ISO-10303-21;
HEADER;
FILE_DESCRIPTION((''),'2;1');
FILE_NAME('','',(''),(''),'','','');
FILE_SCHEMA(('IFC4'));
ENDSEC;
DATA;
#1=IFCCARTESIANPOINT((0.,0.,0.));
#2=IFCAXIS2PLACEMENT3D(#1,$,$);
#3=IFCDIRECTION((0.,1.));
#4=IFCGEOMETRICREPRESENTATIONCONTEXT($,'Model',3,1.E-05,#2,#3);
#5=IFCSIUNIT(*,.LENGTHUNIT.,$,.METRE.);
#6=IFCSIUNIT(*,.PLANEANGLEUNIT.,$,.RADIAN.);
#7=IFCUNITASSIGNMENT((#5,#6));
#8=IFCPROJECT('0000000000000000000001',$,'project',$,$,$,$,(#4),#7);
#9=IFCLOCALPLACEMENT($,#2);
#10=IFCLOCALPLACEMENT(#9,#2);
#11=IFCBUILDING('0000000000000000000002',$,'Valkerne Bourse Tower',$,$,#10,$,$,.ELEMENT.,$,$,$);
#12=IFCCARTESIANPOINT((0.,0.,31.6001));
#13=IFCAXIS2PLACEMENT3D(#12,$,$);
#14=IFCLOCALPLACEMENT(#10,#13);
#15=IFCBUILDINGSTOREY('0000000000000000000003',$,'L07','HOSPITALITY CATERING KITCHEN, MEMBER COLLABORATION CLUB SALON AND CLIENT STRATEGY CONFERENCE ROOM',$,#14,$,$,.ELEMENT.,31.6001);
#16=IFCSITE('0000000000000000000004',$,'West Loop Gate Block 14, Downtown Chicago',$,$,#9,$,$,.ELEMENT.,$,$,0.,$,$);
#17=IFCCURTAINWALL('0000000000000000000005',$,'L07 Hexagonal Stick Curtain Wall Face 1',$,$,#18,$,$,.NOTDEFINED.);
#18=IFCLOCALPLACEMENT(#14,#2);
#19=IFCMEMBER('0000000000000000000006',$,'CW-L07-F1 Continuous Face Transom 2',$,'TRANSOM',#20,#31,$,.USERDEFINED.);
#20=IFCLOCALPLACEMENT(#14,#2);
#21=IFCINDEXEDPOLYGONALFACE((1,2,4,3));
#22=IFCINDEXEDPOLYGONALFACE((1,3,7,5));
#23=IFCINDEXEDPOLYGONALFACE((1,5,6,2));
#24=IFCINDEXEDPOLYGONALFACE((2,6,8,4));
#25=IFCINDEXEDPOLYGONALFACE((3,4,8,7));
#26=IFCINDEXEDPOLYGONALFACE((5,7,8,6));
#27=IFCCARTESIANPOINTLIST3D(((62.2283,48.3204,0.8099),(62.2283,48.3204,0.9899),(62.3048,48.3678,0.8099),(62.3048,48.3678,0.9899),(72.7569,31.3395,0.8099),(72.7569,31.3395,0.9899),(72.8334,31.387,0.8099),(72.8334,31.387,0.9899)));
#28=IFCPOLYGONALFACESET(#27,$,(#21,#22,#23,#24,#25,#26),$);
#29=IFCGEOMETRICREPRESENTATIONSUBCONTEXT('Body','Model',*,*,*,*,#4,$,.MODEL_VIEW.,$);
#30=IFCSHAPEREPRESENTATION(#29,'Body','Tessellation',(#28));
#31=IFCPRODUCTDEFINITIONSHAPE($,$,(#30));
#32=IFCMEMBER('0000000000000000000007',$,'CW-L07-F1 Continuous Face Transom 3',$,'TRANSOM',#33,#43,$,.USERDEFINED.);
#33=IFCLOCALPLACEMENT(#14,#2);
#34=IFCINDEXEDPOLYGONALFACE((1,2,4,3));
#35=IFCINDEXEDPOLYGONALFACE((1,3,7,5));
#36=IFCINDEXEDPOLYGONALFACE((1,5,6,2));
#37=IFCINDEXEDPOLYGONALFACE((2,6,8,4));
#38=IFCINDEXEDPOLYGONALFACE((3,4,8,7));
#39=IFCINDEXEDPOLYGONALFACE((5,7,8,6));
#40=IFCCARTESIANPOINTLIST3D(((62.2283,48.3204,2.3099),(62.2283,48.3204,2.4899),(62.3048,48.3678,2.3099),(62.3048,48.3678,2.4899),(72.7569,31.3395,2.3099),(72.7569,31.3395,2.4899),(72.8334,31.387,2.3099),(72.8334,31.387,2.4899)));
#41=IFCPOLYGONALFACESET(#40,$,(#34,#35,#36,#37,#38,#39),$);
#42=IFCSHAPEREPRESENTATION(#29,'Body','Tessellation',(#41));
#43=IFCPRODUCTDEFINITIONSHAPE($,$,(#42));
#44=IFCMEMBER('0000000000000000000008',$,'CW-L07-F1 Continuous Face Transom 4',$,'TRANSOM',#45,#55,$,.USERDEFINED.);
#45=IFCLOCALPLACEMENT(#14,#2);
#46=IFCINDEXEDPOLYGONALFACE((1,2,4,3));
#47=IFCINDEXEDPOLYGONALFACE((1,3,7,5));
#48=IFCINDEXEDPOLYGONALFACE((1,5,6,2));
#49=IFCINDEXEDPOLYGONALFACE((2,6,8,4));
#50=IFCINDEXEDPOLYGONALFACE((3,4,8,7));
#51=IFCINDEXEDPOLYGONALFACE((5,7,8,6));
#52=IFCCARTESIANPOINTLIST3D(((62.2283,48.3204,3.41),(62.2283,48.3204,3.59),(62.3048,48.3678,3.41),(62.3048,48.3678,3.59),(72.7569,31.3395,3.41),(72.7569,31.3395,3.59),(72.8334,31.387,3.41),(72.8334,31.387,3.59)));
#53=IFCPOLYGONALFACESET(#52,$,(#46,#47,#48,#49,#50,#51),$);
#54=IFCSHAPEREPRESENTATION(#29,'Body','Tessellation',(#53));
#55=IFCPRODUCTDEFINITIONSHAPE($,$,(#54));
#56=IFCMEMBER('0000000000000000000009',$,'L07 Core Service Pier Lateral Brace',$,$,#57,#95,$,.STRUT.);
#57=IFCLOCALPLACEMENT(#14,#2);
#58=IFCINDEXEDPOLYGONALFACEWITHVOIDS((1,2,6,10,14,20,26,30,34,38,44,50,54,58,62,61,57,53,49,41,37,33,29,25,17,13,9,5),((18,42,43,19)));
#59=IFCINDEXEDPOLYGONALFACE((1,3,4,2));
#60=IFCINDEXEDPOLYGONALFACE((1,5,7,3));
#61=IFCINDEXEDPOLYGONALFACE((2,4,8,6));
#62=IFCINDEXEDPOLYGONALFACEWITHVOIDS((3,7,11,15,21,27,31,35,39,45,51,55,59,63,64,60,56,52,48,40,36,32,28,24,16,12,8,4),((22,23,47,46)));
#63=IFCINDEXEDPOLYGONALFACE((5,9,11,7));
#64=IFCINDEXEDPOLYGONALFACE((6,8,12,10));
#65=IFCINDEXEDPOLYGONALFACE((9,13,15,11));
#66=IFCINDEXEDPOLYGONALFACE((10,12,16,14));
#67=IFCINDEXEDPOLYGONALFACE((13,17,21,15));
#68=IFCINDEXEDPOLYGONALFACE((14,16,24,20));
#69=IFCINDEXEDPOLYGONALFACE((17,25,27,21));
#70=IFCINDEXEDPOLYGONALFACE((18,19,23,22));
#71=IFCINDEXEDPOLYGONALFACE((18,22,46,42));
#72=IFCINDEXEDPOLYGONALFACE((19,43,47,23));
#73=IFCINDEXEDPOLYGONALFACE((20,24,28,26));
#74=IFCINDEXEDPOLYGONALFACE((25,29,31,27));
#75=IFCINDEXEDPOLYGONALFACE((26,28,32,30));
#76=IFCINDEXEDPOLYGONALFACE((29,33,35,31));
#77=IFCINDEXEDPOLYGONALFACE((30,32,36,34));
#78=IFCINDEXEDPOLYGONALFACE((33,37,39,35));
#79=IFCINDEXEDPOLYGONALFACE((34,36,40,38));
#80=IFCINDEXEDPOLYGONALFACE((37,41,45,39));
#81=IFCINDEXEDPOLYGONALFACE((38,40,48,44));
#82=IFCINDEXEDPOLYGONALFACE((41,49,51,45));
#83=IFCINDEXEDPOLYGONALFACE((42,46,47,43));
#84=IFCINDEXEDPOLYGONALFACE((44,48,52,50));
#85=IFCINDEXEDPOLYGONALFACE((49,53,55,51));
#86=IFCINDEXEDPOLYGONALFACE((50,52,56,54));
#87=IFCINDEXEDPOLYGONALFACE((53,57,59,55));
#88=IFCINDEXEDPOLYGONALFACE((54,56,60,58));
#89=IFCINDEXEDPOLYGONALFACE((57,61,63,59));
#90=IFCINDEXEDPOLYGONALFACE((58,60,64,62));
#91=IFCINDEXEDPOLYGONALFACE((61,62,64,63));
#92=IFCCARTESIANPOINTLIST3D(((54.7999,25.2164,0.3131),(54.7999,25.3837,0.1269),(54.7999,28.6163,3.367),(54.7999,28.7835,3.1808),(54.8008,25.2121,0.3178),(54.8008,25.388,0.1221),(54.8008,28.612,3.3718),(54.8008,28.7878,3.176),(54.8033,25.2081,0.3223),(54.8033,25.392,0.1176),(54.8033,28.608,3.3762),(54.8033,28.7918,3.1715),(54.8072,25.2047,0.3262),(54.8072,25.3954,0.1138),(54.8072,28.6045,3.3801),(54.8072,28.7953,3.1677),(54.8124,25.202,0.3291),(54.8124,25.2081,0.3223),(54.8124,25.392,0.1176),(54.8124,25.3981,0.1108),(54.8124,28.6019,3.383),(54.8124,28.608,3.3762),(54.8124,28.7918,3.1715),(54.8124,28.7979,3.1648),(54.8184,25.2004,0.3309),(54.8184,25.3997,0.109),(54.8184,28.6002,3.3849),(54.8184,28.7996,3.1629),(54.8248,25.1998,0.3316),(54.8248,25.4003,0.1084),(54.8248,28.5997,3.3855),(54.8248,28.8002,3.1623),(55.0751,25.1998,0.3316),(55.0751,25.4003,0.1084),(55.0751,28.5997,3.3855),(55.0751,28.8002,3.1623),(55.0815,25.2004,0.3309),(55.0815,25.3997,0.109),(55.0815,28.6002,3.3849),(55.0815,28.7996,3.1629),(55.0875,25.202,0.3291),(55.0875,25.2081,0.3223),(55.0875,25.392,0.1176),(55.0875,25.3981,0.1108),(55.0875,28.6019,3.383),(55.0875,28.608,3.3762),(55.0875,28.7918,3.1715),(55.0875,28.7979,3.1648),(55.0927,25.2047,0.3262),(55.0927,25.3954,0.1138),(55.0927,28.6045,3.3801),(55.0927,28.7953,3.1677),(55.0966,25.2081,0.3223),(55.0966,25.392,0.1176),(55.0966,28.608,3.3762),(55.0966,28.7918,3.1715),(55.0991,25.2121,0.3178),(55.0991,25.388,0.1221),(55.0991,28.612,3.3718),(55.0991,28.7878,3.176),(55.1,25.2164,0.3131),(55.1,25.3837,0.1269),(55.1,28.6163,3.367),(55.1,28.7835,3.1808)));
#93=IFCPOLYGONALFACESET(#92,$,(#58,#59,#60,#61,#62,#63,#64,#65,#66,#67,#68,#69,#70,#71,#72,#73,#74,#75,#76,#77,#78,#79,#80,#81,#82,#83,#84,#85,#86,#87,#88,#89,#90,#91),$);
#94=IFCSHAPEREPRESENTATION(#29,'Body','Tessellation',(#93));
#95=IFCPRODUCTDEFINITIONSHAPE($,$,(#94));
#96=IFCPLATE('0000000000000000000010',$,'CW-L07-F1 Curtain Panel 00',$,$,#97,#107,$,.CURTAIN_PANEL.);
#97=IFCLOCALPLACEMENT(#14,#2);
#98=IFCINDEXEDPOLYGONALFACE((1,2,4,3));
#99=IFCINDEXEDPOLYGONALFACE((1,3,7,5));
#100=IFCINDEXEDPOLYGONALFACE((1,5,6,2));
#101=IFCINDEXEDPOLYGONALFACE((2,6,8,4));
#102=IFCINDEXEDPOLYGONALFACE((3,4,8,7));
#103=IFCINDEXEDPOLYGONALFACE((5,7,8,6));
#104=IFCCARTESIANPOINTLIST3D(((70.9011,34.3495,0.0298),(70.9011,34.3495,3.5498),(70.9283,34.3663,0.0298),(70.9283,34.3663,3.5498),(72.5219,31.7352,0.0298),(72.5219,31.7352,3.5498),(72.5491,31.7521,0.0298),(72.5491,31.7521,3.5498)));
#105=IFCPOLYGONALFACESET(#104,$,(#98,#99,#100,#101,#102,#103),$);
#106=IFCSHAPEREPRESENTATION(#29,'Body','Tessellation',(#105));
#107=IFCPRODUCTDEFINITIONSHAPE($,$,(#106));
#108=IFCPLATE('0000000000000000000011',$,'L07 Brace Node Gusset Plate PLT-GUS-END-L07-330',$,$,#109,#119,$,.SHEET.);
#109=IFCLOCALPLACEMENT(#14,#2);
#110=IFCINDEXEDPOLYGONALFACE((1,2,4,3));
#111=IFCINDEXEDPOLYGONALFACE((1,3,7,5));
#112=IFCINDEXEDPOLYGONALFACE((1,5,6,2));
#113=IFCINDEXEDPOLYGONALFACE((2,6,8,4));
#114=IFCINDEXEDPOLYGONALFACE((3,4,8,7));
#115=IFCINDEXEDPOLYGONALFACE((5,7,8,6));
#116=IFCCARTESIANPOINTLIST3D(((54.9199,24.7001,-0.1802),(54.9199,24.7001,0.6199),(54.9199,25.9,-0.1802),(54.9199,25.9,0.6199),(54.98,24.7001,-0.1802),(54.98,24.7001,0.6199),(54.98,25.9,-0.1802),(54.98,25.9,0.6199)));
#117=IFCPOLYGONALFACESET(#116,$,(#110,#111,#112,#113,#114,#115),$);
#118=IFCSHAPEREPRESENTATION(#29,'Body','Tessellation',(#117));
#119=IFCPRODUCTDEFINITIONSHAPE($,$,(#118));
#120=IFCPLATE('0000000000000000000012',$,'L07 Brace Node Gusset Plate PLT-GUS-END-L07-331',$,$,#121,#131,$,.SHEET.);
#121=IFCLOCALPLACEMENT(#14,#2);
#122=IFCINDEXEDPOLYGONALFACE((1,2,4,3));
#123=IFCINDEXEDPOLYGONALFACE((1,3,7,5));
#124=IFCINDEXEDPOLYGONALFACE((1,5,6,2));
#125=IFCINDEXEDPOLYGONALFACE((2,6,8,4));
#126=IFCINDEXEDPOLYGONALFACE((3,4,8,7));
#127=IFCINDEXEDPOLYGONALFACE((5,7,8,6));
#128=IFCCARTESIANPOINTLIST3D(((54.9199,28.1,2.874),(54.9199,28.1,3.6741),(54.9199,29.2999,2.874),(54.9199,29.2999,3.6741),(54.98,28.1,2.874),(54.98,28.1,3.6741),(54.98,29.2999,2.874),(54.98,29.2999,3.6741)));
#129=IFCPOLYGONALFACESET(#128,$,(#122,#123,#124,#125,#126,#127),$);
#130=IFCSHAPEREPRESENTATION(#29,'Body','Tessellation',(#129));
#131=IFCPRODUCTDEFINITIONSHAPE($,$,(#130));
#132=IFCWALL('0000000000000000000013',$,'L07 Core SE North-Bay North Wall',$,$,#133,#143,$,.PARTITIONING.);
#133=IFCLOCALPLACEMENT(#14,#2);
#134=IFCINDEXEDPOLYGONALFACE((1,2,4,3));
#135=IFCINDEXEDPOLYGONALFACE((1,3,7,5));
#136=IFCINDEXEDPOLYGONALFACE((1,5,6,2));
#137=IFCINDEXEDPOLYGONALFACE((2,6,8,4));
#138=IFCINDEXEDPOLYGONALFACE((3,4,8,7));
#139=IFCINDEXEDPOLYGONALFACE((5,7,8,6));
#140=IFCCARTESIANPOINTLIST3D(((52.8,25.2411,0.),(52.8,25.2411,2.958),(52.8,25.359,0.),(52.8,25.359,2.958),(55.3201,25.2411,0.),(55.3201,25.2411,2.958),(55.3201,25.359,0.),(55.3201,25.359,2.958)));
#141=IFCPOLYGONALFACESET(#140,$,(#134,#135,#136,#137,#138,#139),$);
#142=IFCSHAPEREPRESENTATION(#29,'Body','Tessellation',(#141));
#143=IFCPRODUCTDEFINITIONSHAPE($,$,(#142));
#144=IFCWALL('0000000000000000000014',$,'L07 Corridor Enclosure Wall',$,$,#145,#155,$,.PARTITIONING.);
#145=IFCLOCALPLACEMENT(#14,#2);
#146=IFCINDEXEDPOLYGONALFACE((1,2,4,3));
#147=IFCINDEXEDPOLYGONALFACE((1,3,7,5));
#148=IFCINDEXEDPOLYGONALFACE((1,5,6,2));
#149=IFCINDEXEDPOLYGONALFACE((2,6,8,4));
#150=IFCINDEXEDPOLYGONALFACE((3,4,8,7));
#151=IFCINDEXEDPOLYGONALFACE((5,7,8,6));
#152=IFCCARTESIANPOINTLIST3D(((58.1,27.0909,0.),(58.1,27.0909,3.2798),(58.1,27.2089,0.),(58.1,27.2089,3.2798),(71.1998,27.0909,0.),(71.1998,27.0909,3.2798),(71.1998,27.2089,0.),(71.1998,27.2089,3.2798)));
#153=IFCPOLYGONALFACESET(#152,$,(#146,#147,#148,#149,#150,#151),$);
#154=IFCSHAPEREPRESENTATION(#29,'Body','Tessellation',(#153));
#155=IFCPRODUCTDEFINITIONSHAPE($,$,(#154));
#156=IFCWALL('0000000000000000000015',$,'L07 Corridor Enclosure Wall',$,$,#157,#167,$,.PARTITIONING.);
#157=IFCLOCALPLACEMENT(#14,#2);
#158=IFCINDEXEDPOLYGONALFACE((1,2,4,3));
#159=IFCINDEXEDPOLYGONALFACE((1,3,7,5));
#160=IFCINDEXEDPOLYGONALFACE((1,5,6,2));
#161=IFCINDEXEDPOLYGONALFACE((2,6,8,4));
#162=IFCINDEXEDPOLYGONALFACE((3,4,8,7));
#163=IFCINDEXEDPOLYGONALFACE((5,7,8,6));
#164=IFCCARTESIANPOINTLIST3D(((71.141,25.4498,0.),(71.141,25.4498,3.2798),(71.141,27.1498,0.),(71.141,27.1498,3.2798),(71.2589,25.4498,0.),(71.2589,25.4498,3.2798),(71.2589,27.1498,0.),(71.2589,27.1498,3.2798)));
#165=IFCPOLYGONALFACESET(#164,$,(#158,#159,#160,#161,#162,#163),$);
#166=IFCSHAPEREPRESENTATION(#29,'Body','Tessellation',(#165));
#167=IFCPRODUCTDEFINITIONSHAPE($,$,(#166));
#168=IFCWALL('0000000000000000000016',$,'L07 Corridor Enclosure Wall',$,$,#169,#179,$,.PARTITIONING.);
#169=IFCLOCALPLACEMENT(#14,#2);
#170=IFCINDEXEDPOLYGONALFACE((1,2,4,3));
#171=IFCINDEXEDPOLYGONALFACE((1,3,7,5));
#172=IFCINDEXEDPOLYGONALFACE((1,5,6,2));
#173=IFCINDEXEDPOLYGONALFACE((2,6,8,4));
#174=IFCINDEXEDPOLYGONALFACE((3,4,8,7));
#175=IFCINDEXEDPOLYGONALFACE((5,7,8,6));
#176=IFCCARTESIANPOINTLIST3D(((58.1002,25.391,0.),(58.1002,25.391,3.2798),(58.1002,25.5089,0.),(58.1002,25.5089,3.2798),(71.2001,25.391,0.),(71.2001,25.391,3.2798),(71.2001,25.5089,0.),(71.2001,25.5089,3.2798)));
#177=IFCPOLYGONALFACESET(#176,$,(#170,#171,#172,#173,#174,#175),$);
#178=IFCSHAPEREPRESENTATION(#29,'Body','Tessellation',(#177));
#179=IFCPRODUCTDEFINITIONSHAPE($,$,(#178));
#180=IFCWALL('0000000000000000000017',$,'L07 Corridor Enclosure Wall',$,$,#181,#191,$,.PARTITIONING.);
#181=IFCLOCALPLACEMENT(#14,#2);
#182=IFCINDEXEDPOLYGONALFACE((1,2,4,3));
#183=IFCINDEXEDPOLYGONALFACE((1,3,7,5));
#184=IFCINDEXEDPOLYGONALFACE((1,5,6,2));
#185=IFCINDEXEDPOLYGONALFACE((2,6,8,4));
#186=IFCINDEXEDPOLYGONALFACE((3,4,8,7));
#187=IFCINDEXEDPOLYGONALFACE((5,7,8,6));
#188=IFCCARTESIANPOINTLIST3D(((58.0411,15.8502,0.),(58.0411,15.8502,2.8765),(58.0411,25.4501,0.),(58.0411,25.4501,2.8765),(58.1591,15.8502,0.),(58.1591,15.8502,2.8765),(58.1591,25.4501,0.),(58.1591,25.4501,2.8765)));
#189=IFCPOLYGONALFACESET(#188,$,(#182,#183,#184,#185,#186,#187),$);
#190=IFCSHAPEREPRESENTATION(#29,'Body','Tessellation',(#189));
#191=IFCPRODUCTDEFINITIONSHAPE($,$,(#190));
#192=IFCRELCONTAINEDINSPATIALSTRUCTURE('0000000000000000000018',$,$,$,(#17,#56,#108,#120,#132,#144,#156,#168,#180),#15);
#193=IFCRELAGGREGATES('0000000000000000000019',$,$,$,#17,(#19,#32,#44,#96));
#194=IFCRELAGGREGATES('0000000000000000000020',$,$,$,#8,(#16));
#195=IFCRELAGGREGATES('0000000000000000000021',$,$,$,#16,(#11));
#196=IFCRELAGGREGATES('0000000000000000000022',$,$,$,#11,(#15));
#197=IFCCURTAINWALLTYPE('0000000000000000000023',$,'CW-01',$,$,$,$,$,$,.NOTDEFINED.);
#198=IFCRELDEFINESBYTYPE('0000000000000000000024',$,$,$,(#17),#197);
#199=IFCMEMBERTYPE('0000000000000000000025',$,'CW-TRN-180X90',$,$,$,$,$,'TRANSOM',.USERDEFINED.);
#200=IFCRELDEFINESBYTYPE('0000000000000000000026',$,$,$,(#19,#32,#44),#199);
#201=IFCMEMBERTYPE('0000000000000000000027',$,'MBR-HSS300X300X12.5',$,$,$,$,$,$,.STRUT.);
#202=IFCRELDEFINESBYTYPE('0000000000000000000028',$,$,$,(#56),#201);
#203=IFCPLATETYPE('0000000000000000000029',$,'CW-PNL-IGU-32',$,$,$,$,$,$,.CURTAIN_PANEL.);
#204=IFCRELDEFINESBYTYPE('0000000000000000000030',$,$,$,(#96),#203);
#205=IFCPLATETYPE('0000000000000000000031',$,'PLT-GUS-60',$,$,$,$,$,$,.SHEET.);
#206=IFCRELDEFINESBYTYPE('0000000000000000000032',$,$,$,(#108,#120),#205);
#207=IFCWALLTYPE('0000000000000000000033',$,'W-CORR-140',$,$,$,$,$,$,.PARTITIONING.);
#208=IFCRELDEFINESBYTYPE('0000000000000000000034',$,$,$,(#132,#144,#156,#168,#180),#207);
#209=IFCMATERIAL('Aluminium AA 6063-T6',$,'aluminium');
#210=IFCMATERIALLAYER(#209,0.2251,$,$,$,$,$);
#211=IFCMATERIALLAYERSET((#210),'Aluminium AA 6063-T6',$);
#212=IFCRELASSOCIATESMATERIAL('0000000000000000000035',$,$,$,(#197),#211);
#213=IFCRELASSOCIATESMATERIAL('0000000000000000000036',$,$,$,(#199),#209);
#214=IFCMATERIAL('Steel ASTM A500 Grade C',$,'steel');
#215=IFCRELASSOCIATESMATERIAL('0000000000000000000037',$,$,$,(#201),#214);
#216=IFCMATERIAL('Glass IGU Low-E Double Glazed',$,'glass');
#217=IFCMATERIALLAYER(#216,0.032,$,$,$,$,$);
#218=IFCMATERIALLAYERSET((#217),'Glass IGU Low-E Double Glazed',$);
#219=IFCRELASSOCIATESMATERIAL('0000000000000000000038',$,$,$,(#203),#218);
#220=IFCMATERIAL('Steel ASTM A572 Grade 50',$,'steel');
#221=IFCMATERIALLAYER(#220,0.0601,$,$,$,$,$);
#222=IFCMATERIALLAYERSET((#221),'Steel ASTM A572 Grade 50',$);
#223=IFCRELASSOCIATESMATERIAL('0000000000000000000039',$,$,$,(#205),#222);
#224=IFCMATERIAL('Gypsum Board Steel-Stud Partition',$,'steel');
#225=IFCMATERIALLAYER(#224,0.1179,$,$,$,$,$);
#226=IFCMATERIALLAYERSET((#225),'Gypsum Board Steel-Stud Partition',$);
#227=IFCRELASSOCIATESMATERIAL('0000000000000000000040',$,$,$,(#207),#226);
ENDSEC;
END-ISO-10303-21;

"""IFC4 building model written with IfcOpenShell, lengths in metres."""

from ifc_helpers import new_model, si_unit, direction, frame, frame_2d, origin, origin_2d, place, context, subcontext, project, spatial, rectangle, hollow_rectangle, extrude, material, layer, layer_set, material_profile, profile_set, type_object, element, aggregate, save


model = new_model("IFC4")

# Units and contexts
model_context = context("Model", 3, precision=1e-05, world=origin(), true_north=direction((0.0, 1.0)))
body_context = subcontext(model_context, "Body", "Model", "MODEL_VIEW")
ifc_project = project(units=[si_unit("LENGTHUNIT", "METRE"), si_unit("PLANEANGLEUNIT", "RADIAN")], contexts=[model_context])

# Site, building, storey
site_placement = place(None, origin())
site = spatial("IfcSite", under=ifc_project, at=site_placement, Name="West Loop Gate Block 14, Downtown Chicago", CompositionType="ELEMENT", RefElevation=0.0)
building_placement = place(site_placement, origin())
building = spatial("IfcBuilding", under=site, at=building_placement, Name="Valkerne Bourse Tower", CompositionType="ELEMENT")
storey_placement = place(building_placement, frame((0.0, 0.0, 31.6001)))
storey = spatial("IfcBuildingStorey", under=building, at=storey_placement, Name="L07", Description="HOSPITALITY CATERING KITCHEN, MEMBER COLLABORATION CLUB SALON AND CLIENT STRATEGY CONFERENCE ROOM", CompositionType="ELEMENT", Elevation=31.6001)

# Curtain wall, members
ifc_material_1 = material(Name="Aluminium AA 6063-T6", Category="aluminium")
ifc_layer_1 = layer(ifc_material_1, 0.2251)
ifc_layer_set_1 = layer_set([ifc_layer_1], Name="Aluminium AA 6063-T6")
curtain_wall_type = type_object("IfcCurtainWallType", Name="CW-01", PredefinedType="NOTDEFINED", material=ifc_layer_set_1)
curtain_wall_placement = place(storey_placement, origin())
curtain_wall = element("IfcCurtainWall", 1, at=curtain_wall_placement, inside=storey, type_object=curtain_wall_type, Name="L07 Hexagonal Stick Curtain Wall Face 1", PredefinedType="NOTDEFINED")
ifc_material_profile_1 = material_profile(ifc_material_1, rectangle(XDim=0.0901, YDim=0.1799, at=origin_2d()), Name="CWT-90X180")
ifc_profile_set_1 = profile_set([ifc_material_profile_1], Name="Aluminium AA 6063-T6")
member_type_1 = type_object("IfcMemberType", Name="CW-TRN-180X90", ElementType="TRANSOM", PredefinedType="USERDEFINED", material=ifc_profile_set_1)
member_1_placement = place(storey_placement, frame((72.7952, 31.3633, 0.8999), z_axis=(-0.526959, 0.849891, 0.0), x_axis=(-0.849891, -0.526959, 0.0)))
member_1 = element("IfcMember", 2, at=member_1_placement, type_object=member_type_1, Name="CW-L07-F1 Continuous Face Transom 2", ObjectType="TRANSOM", PredefinedType="USERDEFINED", context=body_context, shape_type="SweptSolid", body=[
    extrude(rectangle(XDim=0.0901, YDim=0.1799, at=origin_2d()), origin(), (0.0, 0.0, 1.0), 19.98),
])
member_2_placement = place(storey_placement, frame((72.7952, 31.3633, 2.3999), z_axis=(-0.526959, 0.849891, 0.0), x_axis=(-0.849891, -0.526959, 0.0)))
member_2 = element("IfcMember", 3, at=member_2_placement, type_object=member_type_1, Name="CW-L07-F1 Continuous Face Transom 3", ObjectType="TRANSOM", PredefinedType="USERDEFINED", context=body_context, shape_type="SweptSolid", body=[
    extrude(rectangle(XDim=0.0901, YDim=0.1799, at=origin_2d()), origin(), (0.0, 0.0, 1.0), 19.98),
])
member_3_placement = place(storey_placement, frame((72.7952, 31.3633, 3.5), z_axis=(-0.526959, 0.849891, 0.0), x_axis=(-0.849891, -0.526959, 0.0)))
member_3 = element("IfcMember", 4, at=member_3_placement, type_object=member_type_1, Name="CW-L07-F1 Continuous Face Transom 4", ObjectType="TRANSOM", PredefinedType="USERDEFINED", context=body_context, shape_type="SweptSolid", body=[
    extrude(rectangle(XDim=0.0901, YDim=0.1799, at=origin_2d()), origin(), (0.0, 0.0, 1.0), 19.98),
])

# Member
ifc_material_2 = material(Name="Steel ASTM A500 Grade C", Category="steel")
ifc_material_profile_2 = material_profile(ifc_material_2, hollow_rectangle(XDim=0.3, YDim=0.3, WallThickness=0.0125, OuterFilletRadius=0.0249, at=origin_2d()), Name="HSS300X300X12.5")
ifc_profile_set_2 = profile_set([ifc_material_profile_2], Name="Steel ASTM A500 Grade C")
member_type_2 = type_object("IfcMemberType", Name="MBR-HSS300X300X12.5", PredefinedType="STRUT", material=ifc_profile_set_2)
member_4_placement = place(storey_placement, frame((54.95, 25.3, 0.22), z_axis=(0.0, 0.743942, 0.668244), x_axis=(-1.0, 0.0, 0.0)))
element("IfcMember", 5, at=member_4_placement, inside=storey, type_object=member_type_2, Name="L07 Core Service Pier Lateral Brace", PredefinedType="STRUT", context=body_context, shape_type="SweptSolid", body=[
    extrude(hollow_rectangle(XDim=0.3, YDim=0.3, WallThickness=0.0125, OuterFilletRadius=0.0249, at=origin_2d()), origin(), (0.0, 0.0, 1.0), 4.5701),
])

# Plate
ifc_material_3 = material(Name="Glass IGU Low-E Double Glazed", Category="glass")
ifc_layer_2 = layer(ifc_material_3, 0.032)
ifc_layer_set_2 = layer_set([ifc_layer_2], Name="Glass IGU Low-E Double Glazed")
plate_type_1 = type_object("IfcPlateType", Name="CW-PNL-IGU-32", PredefinedType="CURTAIN_PANEL", material=ifc_layer_set_2)
plate_placement = place(storey_placement, frame((71.7251, 33.0508, 0.0298), z_axis=(0.0, 0.0, 1.0), x_axis=(-0.52695, 0.849896, 0.0)))
plate = element("IfcPlate", 6, at=plate_placement, type_object=plate_type_1, Name="CW-L07-F1 Curtain Panel 00", PredefinedType="CURTAIN_PANEL", context=body_context, shape_type="SweptSolid", body=[
    extrude(rectangle(XDim=3.0759, YDim=0.032, at=origin_2d()), origin(), (0.0, 0.0, 1.0), 3.52),
])
aggregate(curtain_wall, [member_1, member_2, member_3, plate])

# Plates
ifc_material_4 = material(Name="Steel ASTM A572 Grade 50", Category="steel")
ifc_layer_3 = layer(ifc_material_4, 0.0601)
ifc_layer_set_3 = layer_set([ifc_layer_3], Name="Steel ASTM A572 Grade 50")
plate_type_2 = type_object("IfcPlateType", Name="PLT-GUS-60", PredefinedType="SHEET", material=ifc_layer_set_3)
for number, where, z_axis, x_axis, name in (
    (7, (54.95, 25.3, -0.1802), (0.0, 0.0, 1.0), (0.0, 1.0, 0.0), "L07 Brace Node Gusset Plate PLT-GUS-END-L07-330"),
    (8, (54.95, 28.7, 2.874), (0.0, 0.0, 1.0), (0.0, 1.0, 0.0), "L07 Brace Node Gusset Plate PLT-GUS-END-L07-331"),
):
    element("IfcPlate", number, at=place(storey_placement, frame(where, z_axis=z_axis, x_axis=x_axis)), inside=storey, type_object=plate_type_2, Name=name, PredefinedType="SHEET", context=body_context, shape_type="SweptSolid", body=[
        extrude(rectangle(XDim=1.2, YDim=0.0601, at=origin_2d()), origin(), (0.0, 0.0, 1.0), 0.8),
    ])

# Walls
ifc_material_5 = material(Name="Gypsum Board Steel-Stud Partition", Category="steel")
ifc_layer_4 = layer(ifc_material_5, 0.1179)
ifc_layer_set_4 = layer_set([ifc_layer_4], Name="Gypsum Board Steel-Stud Partition")
wall_type_1 = type_object("IfcWallType", Name="W-CORR-140", PredefinedType="PARTITIONING", material=ifc_layer_set_4)
wall_1_placement = place(storey_placement, frame((52.8, 25.3, 0.0), z_axis=(0.0, 0.0, 1.0), x_axis=(1.0, 0.0, 0.0)))
element("IfcWall", 9, at=wall_1_placement, inside=storey, type_object=wall_type_1, Name="L07 Core SE North-Bay North Wall", PredefinedType="PARTITIONING", context=body_context, shape_type="SweptSolid", body=[
    extrude(rectangle(XDim=2.52, YDim=0.1179, at=frame_2d((1.26, 0.0))), origin(), (0.0, 0.0, 1.0), 2.958),
])
wall_2_placement = place(storey_placement, frame((58.1001, 27.1499, 0.0), z_axis=(0.0, 0.0, 1.0), x_axis=(1.0, 0.0, 0.0)))
element("IfcWall", 10, at=wall_2_placement, inside=storey, type_object=wall_type_1, Name="L07 Corridor Enclosure Wall", PredefinedType="PARTITIONING", context=body_context, shape_type="SweptSolid", body=[
    extrude(rectangle(XDim=13.0999, YDim=0.1179, at=frame_2d((6.5498, 0.0))), origin(), (0.0, 0.0, 1.0), 3.2798),
])
wall_3_placement = place(storey_placement, frame((71.2, 27.1499, 0.0), z_axis=(0.0, 0.0, 1.0), x_axis=(0.0, -1.0, 0.0)))
element("IfcWall", 11, at=wall_3_placement, inside=storey, type_object=wall_type_1, Name="L07 Corridor Enclosure Wall", PredefinedType="PARTITIONING", context=body_context, shape_type="SweptSolid", body=[
    extrude(rectangle(XDim=1.7, YDim=0.1179, at=frame_2d((0.8501, 0.0))), origin(), (0.0, 0.0, 1.0), 3.2798),
])
wall_4_placement = place(storey_placement, frame((71.2, 25.45, 0.0), z_axis=(0.0, 0.0, 1.0), x_axis=(-1.0, 0.0, 0.0)))
element("IfcWall", 12, at=wall_4_placement, inside=storey, type_object=wall_type_1, Name="L07 Corridor Enclosure Wall", PredefinedType="PARTITIONING", context=body_context, shape_type="SweptSolid", body=[
    extrude(rectangle(XDim=13.0999, YDim=0.1179, at=frame_2d((6.5498, 0.0))), origin(), (0.0, 0.0, 1.0), 3.2798),
])
wall_5_placement = place(storey_placement, frame((58.1001, 25.45, 0.0), z_axis=(0.0, 0.0, 1.0), x_axis=(0.0, -1.0, 0.0)))
element("IfcWall", 13, at=wall_5_placement, inside=storey, type_object=wall_type_1, Name="L07 Corridor Enclosure Wall", PredefinedType="PARTITIONING", context=body_context, shape_type="SweptSolid", body=[
    extrude(rectangle(XDim=9.5999, YDim=0.1179, at=frame_2d((4.7998, 0.0))), origin(), (0.0, 0.0, 1.0), 2.8765),
])

save(model, "model.ifc")
